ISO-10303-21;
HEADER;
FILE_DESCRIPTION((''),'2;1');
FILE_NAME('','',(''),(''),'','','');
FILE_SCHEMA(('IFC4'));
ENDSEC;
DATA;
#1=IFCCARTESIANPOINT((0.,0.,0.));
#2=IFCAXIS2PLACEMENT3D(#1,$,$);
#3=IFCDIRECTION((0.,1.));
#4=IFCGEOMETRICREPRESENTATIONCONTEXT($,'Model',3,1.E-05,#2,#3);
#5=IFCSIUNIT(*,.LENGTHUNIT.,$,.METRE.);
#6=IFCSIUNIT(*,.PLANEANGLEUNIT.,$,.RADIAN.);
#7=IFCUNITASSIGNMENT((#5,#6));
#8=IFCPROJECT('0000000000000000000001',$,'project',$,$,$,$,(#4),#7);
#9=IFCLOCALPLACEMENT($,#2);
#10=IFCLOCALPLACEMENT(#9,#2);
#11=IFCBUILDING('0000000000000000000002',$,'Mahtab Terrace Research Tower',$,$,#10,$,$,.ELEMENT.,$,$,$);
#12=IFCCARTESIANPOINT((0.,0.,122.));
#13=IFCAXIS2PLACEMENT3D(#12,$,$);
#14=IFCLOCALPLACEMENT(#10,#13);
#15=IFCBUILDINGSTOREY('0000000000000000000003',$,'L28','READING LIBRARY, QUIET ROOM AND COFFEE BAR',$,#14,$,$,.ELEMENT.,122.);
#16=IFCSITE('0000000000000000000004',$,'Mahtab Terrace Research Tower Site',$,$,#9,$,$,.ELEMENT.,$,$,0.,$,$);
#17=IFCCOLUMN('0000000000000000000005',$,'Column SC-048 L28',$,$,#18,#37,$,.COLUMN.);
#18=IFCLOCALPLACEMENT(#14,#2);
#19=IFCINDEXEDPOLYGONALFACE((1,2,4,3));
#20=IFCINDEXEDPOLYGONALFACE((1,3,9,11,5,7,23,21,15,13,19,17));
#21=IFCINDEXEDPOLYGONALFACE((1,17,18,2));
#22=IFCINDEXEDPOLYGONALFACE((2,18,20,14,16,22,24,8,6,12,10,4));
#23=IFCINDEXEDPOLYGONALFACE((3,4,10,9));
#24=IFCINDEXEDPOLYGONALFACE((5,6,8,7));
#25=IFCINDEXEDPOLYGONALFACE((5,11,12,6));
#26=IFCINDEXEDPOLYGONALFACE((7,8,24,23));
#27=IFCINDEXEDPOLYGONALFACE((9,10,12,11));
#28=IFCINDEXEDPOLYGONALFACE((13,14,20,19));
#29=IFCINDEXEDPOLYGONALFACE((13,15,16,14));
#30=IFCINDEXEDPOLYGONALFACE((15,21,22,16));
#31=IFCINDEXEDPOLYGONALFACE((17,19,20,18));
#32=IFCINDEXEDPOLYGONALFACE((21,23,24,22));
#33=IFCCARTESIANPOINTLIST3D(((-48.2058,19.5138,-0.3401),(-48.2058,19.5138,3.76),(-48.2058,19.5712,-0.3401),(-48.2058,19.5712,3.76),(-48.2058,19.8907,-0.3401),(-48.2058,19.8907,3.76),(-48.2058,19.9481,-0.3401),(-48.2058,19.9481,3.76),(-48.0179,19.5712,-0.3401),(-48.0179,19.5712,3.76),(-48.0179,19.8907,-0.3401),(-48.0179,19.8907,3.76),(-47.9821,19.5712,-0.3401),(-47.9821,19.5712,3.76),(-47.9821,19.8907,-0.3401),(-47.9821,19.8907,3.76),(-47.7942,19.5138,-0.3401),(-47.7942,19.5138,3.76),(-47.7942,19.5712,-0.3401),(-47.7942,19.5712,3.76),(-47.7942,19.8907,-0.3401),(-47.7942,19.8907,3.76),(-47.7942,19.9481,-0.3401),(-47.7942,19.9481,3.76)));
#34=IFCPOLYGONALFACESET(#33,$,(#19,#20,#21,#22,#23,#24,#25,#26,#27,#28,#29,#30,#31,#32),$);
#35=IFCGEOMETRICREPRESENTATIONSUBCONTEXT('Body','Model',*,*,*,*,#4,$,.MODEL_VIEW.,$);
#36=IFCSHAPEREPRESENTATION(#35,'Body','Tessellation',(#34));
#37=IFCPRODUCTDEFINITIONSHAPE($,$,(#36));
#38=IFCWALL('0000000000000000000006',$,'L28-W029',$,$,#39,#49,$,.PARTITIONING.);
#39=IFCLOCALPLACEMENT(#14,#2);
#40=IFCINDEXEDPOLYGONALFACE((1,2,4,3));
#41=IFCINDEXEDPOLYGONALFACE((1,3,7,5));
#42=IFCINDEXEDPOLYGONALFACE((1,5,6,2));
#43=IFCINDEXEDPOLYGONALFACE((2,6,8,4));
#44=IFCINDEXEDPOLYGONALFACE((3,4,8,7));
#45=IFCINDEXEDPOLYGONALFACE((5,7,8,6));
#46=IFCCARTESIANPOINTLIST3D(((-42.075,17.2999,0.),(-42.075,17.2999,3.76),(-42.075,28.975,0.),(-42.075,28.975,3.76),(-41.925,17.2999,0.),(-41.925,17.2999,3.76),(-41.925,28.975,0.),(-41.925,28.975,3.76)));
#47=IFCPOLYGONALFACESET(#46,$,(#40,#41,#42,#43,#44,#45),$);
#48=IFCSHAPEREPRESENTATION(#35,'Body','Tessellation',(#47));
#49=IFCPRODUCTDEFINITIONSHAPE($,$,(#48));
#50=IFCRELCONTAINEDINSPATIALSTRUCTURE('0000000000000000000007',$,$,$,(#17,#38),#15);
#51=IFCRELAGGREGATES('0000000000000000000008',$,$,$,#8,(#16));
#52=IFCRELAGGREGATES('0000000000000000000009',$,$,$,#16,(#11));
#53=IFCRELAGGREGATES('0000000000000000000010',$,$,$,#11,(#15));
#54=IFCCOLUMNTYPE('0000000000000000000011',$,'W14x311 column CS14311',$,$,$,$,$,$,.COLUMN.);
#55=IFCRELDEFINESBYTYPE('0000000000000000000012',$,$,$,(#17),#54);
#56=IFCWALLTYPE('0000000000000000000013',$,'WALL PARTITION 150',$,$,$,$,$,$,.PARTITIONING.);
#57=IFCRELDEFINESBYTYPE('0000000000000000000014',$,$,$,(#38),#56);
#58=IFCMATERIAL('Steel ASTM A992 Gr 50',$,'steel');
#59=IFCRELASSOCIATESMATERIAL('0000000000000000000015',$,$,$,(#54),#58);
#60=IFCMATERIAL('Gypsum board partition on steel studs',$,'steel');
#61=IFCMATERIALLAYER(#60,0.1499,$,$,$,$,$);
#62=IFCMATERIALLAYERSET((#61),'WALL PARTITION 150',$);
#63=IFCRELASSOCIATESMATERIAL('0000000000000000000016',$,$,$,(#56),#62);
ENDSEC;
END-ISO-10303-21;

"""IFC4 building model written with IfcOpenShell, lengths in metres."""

from ifc_helpers import new_model, si_unit, direction, frame, frame_2d, origin, origin_2d, place, context, subcontext, project, spatial, rectangle, i_section, extrude, material, layer, layer_set, material_profile, profile_set, type_object, element, save


model = new_model("IFC4")

# Units and contexts
model_context = context("Model", 3, precision=1e-05, world=origin(), true_north=direction((0.0, 1.0)))
body_context = subcontext(model_context, "Body", "Model", "MODEL_VIEW")
ifc_project = project(units=[si_unit("LENGTHUNIT", "METRE"), si_unit("PLANEANGLEUNIT", "RADIAN")], contexts=[model_context])

# Site, building, storey
site_placement = place(None, origin())
site = spatial("IfcSite", under=ifc_project, at=site_placement, Name="Mahtab Terrace Research Tower Site", CompositionType="ELEMENT", RefElevation=0.0)
building_placement = place(site_placement, origin())
building = spatial("IfcBuilding", under=site, at=building_placement, Name="Mahtab Terrace Research Tower", CompositionType="ELEMENT")
storey_placement = place(building_placement, frame((0.0, 0.0, 122.0)))
storey = spatial("IfcBuildingStorey", under=building, at=storey_placement, Name="L28", Description="READING LIBRARY, QUIET ROOM AND COFFEE BAR", CompositionType="ELEMENT", Elevation=122.0)

# Column
ifc_material_1 = material(Name="Steel ASTM A992 Gr 50", Category="steel")
ifc_material_profile = material_profile(ifc_material_1, i_section(OverallWidth=0.4116, OverallDepth=0.4343, WebThickness=0.0359, FlangeThickness=0.0574, at=origin_2d()), Name="W14X311")
ifc_profile_set = profile_set([ifc_material_profile], Name="Steel ASTM A992 Gr 50")
column_type = type_object("IfcColumnType", Name="W14x311 column CS14311", PredefinedType="COLUMN", material=ifc_profile_set)
column_placement = place(storey_placement, frame((-48.0, 19.731, -0.3401), z_axis=(0.0, 0.0, 1.0), x_axis=(1.0, 0.0, 0.0)))
element("IfcColumn", 1, at=column_placement, inside=storey, type_object=column_type, Name="Column SC-048 L28", PredefinedType="COLUMN", context=body_context, shape_type="SweptSolid", body=[
    extrude(i_section(OverallWidth=0.4116, OverallDepth=0.4343, WebThickness=0.0359, FlangeThickness=0.0574, at=origin_2d()), origin(), (0.0, 0.0, 1.0), 4.1001),
])

# Wall
ifc_material_2 = material(Name="Gypsum board partition on steel studs", Category="steel")
ifc_layer_1 = layer(ifc_material_2, 0.1499)
ifc_layer_set_1 = layer_set([ifc_layer_1], Name="WALL PARTITION 150")
wall_type_1 = type_object("IfcWallType", Name="WALL PARTITION 150", PredefinedType="PARTITIONING", material=ifc_layer_set_1)
wall_1_placement = place(storey_placement, frame((-42.0, 17.3, 0.0), z_axis=(0.0, 0.0, 1.0), x_axis=(0.0, 1.0, 0.0)))
element("IfcWall", 2, at=wall_1_placement, inside=storey, type_object=wall_type_1, Name="L28-W029", PredefinedType="PARTITIONING", context=body_context, shape_type="SweptSolid", body=[
    extrude(rectangle(XDim=11.675, YDim=0.1499, at=frame_2d((5.8374, 0.0))), origin(), (0.0, 0.0, 1.0), 3.76),
])

save(model, "model.ifc")
